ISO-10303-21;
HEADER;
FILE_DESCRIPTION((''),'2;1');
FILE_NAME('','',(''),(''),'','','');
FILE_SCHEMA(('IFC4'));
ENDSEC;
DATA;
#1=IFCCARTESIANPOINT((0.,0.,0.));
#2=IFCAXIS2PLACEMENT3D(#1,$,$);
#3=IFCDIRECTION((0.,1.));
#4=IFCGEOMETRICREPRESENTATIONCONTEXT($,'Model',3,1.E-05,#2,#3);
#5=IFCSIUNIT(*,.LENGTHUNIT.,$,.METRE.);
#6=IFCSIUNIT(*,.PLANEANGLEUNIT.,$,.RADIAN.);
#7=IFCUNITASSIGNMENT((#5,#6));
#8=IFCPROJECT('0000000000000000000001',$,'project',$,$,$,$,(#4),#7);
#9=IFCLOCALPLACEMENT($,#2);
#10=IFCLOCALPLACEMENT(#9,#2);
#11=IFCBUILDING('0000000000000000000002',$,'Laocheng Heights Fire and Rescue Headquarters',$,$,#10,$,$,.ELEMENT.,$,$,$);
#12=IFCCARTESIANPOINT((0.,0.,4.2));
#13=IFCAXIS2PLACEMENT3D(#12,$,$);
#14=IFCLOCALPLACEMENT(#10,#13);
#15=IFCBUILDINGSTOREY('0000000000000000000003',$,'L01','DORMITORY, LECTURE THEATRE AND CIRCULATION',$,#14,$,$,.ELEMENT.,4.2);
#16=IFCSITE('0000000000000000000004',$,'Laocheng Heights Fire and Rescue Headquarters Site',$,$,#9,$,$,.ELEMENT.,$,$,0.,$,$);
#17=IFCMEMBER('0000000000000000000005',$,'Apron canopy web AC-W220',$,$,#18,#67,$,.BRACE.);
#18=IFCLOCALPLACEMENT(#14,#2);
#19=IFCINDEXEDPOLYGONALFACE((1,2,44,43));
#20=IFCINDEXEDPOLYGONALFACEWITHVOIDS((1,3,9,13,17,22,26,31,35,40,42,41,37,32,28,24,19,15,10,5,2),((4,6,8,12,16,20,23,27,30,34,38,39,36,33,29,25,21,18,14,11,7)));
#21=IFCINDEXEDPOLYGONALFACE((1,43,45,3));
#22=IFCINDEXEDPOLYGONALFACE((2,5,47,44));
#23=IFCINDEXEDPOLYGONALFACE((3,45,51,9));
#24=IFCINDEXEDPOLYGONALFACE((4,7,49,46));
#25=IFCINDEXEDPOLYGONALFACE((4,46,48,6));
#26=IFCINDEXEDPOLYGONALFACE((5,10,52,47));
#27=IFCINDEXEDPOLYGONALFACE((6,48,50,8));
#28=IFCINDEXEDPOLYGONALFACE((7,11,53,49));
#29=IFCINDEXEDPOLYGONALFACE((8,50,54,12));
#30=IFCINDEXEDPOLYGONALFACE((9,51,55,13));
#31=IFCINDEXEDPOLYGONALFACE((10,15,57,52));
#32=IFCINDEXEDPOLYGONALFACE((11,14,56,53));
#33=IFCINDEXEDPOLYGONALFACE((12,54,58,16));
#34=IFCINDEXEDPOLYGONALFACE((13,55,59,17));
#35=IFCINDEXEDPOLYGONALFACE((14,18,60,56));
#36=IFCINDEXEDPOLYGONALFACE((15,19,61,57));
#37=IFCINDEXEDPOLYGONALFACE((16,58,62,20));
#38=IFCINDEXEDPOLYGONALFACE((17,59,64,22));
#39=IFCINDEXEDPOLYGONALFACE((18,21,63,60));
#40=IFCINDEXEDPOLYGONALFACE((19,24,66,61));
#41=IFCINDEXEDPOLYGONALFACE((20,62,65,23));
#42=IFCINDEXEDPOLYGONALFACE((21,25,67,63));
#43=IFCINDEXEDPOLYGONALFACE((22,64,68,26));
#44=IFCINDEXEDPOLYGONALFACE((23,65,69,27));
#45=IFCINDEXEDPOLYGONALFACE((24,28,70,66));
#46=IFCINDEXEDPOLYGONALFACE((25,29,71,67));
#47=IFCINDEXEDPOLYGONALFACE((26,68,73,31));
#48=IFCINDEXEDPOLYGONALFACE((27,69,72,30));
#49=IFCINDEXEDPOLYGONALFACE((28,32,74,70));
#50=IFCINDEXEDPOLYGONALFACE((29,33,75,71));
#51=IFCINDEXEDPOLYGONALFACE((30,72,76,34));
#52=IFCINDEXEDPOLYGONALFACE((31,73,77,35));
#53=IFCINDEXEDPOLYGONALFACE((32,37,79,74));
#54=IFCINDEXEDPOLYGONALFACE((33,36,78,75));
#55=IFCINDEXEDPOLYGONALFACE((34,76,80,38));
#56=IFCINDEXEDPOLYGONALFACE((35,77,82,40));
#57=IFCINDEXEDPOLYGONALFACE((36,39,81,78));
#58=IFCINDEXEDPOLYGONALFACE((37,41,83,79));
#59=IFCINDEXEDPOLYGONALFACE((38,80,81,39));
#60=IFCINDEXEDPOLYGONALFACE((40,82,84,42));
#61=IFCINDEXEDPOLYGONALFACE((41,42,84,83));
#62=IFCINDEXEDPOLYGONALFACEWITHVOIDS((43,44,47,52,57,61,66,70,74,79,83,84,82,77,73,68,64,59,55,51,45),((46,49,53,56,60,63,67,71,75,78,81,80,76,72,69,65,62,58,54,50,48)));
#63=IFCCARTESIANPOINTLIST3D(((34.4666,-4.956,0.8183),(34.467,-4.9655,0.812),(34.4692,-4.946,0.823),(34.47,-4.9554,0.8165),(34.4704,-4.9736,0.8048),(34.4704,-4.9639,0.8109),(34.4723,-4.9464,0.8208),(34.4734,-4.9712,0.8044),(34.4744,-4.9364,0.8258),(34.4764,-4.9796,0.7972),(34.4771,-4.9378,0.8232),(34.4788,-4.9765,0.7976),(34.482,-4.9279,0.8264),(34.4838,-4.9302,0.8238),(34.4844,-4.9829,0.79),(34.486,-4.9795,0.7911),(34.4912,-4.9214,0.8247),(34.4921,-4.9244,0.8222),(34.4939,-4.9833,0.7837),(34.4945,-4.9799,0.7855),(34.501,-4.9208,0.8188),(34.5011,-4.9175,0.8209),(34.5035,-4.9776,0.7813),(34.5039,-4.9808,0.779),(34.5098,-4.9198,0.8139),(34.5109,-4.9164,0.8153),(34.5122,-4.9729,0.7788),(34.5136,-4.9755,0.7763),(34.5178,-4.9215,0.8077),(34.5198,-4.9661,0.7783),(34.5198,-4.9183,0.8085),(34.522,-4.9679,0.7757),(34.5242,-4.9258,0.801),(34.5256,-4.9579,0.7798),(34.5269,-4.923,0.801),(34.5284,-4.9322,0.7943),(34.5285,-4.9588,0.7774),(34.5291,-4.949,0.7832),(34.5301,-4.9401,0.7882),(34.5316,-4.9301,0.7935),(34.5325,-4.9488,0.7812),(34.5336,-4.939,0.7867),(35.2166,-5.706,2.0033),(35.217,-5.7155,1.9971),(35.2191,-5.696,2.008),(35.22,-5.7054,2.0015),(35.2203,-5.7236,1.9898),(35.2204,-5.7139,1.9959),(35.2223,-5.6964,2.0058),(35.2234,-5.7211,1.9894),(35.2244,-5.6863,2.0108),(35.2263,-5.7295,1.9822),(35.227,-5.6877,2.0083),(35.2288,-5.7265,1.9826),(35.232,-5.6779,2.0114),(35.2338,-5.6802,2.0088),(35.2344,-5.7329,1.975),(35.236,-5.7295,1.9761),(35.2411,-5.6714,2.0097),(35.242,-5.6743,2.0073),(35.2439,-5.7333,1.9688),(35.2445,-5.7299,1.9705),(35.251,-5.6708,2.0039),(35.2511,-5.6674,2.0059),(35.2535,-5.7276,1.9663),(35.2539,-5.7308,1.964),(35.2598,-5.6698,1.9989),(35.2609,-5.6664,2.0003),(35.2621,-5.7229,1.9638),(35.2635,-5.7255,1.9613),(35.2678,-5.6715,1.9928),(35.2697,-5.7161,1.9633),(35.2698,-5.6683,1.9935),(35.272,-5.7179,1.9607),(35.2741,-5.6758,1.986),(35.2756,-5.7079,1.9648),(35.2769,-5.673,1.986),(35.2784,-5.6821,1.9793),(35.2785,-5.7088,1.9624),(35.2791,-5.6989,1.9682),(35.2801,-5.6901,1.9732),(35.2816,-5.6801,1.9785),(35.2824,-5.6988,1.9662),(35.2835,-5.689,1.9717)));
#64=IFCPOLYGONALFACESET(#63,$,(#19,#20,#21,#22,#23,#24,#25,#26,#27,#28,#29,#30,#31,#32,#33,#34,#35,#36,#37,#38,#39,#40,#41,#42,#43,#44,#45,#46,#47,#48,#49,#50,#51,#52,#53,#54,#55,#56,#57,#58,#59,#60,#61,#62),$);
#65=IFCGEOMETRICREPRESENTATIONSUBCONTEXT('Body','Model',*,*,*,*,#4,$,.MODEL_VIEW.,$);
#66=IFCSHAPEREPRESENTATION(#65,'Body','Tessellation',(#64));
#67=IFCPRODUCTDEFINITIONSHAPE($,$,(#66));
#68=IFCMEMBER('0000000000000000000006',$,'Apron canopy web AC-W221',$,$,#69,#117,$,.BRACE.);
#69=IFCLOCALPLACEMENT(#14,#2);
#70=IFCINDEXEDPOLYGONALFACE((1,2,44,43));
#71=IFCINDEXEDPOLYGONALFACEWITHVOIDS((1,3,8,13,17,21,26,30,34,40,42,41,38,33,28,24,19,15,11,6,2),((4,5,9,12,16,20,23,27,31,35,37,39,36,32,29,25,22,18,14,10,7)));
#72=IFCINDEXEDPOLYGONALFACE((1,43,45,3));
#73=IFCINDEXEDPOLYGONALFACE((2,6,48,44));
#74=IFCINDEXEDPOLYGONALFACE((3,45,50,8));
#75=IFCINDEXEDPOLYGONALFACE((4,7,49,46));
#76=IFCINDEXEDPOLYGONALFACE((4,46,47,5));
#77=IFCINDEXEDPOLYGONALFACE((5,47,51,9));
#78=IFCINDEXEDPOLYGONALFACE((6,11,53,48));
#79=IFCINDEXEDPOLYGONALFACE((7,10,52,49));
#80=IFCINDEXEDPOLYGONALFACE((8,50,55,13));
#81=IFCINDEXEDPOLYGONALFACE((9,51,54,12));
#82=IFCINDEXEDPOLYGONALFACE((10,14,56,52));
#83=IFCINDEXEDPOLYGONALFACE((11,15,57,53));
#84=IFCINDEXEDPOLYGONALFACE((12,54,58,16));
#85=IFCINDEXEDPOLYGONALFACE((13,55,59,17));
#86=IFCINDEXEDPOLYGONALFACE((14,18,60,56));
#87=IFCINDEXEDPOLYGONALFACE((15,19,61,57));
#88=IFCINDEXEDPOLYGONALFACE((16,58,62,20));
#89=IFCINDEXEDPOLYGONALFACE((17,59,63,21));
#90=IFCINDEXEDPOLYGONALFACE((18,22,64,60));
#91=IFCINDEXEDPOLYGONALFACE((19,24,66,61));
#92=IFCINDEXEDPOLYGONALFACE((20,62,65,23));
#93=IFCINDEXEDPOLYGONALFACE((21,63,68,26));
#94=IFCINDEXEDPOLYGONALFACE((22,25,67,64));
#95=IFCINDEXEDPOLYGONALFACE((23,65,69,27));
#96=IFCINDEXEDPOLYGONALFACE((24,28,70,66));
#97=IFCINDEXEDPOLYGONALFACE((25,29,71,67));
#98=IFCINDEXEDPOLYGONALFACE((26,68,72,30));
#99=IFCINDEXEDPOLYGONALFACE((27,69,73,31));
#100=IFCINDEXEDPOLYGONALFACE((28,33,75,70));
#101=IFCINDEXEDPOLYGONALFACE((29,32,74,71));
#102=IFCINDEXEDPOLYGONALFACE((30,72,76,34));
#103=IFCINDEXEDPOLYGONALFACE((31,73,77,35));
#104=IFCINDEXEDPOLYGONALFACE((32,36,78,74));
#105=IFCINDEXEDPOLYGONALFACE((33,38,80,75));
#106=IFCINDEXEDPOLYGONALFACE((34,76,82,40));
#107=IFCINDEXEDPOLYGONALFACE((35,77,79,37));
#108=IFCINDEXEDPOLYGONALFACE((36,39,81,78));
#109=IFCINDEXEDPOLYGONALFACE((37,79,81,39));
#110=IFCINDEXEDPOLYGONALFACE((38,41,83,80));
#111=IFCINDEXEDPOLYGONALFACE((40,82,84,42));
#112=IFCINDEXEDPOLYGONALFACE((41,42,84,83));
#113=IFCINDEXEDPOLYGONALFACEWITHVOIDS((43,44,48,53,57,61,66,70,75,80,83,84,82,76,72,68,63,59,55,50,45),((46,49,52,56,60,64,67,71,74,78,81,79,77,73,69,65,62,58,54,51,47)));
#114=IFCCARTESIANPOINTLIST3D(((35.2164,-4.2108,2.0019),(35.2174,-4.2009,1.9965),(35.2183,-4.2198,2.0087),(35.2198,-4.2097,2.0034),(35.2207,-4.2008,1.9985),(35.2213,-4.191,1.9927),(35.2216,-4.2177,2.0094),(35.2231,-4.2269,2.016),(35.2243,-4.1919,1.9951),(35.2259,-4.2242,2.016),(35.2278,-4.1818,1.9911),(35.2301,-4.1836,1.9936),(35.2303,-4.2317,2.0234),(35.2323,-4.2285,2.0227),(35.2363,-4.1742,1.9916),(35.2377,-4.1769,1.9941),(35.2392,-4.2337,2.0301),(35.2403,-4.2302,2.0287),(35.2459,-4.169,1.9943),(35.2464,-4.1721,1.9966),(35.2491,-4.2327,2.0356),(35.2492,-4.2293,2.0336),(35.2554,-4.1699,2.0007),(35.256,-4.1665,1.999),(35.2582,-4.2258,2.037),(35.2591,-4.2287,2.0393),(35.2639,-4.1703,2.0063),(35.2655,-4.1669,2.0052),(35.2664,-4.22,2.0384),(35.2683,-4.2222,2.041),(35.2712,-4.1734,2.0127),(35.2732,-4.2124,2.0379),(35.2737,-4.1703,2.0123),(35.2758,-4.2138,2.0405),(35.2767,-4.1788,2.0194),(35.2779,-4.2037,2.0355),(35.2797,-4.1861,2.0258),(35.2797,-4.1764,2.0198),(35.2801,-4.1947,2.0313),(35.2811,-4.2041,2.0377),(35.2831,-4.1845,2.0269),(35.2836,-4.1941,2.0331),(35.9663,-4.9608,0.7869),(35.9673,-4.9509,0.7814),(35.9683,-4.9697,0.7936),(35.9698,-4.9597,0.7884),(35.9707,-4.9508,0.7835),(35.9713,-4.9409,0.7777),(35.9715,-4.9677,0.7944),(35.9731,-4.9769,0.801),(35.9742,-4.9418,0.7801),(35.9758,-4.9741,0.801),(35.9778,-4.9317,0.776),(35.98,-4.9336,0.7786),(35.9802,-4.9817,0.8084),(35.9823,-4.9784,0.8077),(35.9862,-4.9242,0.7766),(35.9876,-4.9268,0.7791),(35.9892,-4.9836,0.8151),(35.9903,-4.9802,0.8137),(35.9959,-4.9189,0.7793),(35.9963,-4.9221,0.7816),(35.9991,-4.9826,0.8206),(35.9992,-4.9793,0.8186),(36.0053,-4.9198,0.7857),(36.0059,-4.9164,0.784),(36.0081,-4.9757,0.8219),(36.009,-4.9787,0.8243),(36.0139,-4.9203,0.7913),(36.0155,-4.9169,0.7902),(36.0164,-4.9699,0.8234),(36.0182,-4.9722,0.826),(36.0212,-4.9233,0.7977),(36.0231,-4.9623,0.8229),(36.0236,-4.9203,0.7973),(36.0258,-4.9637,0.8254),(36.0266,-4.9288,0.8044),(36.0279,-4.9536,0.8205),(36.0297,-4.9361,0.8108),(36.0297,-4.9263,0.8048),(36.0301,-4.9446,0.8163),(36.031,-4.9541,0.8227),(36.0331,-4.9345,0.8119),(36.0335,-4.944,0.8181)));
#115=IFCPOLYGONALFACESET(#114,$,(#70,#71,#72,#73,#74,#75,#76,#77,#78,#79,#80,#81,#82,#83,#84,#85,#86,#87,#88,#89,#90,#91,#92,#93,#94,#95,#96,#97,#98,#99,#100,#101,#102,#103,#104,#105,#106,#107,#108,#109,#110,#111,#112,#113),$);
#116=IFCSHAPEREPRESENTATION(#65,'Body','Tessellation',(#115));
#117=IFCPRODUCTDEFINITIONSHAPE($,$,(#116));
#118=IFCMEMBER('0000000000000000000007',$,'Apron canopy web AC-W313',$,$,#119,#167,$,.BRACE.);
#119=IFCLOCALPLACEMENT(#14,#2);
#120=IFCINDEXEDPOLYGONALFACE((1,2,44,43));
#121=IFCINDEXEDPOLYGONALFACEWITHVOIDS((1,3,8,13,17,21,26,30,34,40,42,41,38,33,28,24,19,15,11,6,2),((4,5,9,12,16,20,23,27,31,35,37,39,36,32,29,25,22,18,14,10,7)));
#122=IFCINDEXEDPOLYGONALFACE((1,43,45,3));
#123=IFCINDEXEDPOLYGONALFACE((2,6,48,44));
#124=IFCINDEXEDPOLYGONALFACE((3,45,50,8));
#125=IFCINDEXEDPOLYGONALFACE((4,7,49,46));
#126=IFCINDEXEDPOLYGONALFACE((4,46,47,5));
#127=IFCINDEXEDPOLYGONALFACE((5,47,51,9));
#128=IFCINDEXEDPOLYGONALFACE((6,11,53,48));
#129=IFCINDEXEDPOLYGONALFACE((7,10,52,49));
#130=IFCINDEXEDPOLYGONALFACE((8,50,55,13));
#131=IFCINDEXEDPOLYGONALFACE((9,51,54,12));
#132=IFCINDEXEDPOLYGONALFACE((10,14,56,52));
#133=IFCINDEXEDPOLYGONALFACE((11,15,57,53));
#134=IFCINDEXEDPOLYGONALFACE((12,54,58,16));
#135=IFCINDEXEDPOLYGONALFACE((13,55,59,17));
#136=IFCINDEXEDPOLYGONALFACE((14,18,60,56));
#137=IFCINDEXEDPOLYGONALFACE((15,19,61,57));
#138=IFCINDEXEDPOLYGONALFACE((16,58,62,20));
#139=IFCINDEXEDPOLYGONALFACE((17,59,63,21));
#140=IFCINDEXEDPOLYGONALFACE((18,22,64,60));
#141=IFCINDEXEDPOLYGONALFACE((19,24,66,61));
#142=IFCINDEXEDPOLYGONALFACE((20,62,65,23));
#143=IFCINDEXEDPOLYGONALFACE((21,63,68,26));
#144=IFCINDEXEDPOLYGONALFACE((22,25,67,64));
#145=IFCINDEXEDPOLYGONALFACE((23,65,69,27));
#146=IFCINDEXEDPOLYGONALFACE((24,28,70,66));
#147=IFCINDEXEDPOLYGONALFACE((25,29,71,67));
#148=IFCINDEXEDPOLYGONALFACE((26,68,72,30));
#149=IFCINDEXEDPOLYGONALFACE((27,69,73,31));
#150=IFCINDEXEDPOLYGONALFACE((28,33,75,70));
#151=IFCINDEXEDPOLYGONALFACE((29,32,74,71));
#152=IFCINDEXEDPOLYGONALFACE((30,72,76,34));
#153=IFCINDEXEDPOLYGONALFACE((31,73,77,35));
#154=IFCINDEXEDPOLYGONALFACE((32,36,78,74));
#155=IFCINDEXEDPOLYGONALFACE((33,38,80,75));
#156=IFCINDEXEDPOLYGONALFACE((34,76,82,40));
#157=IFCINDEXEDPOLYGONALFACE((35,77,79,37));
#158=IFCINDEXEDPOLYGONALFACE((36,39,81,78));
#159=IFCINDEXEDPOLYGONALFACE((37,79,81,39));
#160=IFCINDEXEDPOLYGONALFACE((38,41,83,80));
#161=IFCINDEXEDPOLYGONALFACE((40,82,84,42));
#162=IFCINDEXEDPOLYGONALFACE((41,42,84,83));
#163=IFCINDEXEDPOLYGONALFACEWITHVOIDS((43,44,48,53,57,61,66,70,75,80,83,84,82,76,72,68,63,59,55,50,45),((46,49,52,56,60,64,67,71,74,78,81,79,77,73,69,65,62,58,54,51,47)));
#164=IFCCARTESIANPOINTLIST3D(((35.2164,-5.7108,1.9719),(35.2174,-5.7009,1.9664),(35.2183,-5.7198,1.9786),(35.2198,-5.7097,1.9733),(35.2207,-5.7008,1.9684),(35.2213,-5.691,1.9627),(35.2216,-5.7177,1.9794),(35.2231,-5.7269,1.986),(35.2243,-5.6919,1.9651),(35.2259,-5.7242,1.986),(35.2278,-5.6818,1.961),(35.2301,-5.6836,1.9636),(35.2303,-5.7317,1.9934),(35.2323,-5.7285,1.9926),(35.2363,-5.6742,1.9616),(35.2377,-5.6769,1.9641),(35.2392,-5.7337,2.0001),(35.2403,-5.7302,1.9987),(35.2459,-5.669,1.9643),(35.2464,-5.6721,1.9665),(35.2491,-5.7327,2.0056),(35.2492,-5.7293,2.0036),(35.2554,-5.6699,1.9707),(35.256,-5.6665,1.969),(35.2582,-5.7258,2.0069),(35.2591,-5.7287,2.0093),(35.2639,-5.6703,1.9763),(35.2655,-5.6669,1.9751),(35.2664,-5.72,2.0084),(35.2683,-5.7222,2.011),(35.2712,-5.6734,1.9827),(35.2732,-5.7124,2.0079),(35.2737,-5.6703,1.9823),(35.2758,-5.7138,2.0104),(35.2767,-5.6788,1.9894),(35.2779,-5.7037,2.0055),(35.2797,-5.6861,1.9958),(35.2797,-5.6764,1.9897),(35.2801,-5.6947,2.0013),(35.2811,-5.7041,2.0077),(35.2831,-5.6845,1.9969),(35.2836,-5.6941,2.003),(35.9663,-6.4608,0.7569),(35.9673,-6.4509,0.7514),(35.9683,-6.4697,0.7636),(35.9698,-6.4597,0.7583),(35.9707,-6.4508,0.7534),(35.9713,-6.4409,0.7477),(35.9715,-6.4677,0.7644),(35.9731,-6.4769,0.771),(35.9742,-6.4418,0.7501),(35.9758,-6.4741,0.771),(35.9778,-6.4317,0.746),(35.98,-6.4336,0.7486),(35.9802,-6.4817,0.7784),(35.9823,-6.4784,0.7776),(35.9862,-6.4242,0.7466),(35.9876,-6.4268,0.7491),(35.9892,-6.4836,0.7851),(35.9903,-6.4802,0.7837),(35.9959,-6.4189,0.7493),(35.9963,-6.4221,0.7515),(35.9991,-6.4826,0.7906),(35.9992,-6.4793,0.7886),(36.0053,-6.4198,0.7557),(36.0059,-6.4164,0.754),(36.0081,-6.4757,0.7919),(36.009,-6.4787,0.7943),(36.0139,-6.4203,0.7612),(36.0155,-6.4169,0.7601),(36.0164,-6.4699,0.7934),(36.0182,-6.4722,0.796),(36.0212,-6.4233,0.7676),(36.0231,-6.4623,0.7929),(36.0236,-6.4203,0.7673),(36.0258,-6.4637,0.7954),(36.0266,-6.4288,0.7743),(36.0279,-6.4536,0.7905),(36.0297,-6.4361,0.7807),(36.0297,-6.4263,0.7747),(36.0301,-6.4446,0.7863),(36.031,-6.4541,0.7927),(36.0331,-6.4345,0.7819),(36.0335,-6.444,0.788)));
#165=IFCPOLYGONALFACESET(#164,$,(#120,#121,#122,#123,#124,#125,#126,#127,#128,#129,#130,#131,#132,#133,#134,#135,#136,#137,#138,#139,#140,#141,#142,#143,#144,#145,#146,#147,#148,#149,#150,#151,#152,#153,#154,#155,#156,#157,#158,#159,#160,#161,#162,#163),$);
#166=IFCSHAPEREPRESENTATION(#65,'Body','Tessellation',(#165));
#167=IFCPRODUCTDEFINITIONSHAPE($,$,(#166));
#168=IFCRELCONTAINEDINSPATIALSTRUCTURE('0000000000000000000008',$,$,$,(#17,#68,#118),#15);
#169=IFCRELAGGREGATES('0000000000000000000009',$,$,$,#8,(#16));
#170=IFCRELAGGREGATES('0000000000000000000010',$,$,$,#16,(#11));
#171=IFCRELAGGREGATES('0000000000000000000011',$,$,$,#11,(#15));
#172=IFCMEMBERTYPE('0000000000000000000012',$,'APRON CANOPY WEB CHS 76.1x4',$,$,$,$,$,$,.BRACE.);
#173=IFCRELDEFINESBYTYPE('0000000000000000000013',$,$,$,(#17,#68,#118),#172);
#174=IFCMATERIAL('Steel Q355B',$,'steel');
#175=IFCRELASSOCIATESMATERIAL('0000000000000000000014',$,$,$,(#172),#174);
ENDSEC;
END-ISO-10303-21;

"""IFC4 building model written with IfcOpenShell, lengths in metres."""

from ifc_helpers import new_model, si_unit, direction, frame, origin, origin_2d, place, context, subcontext, project, spatial, hollow_circle, extrude, material, material_profile, profile_set, type_object, element, save


model = new_model("IFC4")

# Units and contexts
model_context = context("Model", 3, precision=1e-05, world=origin(), true_north=direction((0.0, 1.0)))
body_context = subcontext(model_context, "Body", "Model", "MODEL_VIEW")
ifc_project = project(units=[si_unit("LENGTHUNIT", "METRE"), si_unit("PLANEANGLEUNIT", "RADIAN")], contexts=[model_context])

# Site, building, storey
site_placement = place(None, origin())
site = spatial("IfcSite", under=ifc_project, at=site_placement, Name="Laocheng Heights Fire and Rescue Headquarters Site", CompositionType="ELEMENT", RefElevation=0.0)
building_placement = place(site_placement, origin())
building = spatial("IfcBuilding", under=site, at=building_placement, Name="Laocheng Heights Fire and Rescue Headquarters", CompositionType="ELEMENT")
storey_placement = place(building_placement, frame((0.0, 0.0, 4.2)))
storey = spatial("IfcBuildingStorey", under=building, at=storey_placement, Name="L01", Description="DORMITORY, LECTURE THEATRE AND CIRCULATION", CompositionType="ELEMENT", Elevation=4.2)

# Members
ifc_material_1 = material(Name="Steel Q355B", Category="steel")
ifc_material_profile_1 = material_profile(ifc_material_1, hollow_circle(Radius=0.0381, WallThickness=0.0039, at=origin_2d()), Name="CHS 76.1x4")
ifc_profile_set_1 = profile_set([ifc_material_profile_1], Name="Steel Q355B")
member_type_1 = type_object("IfcMemberType", Name="APRON CANOPY WEB CHS 76.1x4", PredefinedType="BRACE", material=ifc_profile_set_1)
for number, where, z_axis, x_axis, name in (
    (1, (34.5, -4.95, 0.801), (0.47158, -0.47158, 0.745134), (0.707107, 0.707107, 0.0), "Apron canopy web AC-W220"),
):
    element("IfcMember", number, at=place(storey_placement, frame(where, z_axis=z_axis, x_axis=x_axis)), inside=storey, type_object=member_type_1, Name=name, PredefinedType="BRACE", context=body_context, shape_type="SweptSolid", body=[
        extrude(hollow_circle(Radius=0.0381, WallThickness=0.0039, at=origin_2d()), origin(), (0.0, 0.0, 1.0), 1.5903),
    ])
for number, where, z_axis, x_axis, name in (
    (2, (36.0, -4.95, 0.801), (-0.465002, 0.465002, 0.753357), (-0.707107, -0.707107, 0.0), "Apron canopy web AC-W221"),
    (3, (36.0, -6.45, 0.771), (-0.465002, 0.465002, 0.753357), (-0.707107, -0.707107, 0.0), "Apron canopy web AC-W313"),
):
    element("IfcMember", number, at=place(storey_placement, frame(where, z_axis=z_axis, x_axis=x_axis)), inside=storey, type_object=member_type_1, Name=name, PredefinedType="BRACE", context=body_context, shape_type="SweptSolid", body=[
        extrude(hollow_circle(Radius=0.0381, WallThickness=0.0039, at=origin_2d()), origin(), (0.0, 0.0, 1.0), 1.6128),
    ])

save(model, "model.ifc")
